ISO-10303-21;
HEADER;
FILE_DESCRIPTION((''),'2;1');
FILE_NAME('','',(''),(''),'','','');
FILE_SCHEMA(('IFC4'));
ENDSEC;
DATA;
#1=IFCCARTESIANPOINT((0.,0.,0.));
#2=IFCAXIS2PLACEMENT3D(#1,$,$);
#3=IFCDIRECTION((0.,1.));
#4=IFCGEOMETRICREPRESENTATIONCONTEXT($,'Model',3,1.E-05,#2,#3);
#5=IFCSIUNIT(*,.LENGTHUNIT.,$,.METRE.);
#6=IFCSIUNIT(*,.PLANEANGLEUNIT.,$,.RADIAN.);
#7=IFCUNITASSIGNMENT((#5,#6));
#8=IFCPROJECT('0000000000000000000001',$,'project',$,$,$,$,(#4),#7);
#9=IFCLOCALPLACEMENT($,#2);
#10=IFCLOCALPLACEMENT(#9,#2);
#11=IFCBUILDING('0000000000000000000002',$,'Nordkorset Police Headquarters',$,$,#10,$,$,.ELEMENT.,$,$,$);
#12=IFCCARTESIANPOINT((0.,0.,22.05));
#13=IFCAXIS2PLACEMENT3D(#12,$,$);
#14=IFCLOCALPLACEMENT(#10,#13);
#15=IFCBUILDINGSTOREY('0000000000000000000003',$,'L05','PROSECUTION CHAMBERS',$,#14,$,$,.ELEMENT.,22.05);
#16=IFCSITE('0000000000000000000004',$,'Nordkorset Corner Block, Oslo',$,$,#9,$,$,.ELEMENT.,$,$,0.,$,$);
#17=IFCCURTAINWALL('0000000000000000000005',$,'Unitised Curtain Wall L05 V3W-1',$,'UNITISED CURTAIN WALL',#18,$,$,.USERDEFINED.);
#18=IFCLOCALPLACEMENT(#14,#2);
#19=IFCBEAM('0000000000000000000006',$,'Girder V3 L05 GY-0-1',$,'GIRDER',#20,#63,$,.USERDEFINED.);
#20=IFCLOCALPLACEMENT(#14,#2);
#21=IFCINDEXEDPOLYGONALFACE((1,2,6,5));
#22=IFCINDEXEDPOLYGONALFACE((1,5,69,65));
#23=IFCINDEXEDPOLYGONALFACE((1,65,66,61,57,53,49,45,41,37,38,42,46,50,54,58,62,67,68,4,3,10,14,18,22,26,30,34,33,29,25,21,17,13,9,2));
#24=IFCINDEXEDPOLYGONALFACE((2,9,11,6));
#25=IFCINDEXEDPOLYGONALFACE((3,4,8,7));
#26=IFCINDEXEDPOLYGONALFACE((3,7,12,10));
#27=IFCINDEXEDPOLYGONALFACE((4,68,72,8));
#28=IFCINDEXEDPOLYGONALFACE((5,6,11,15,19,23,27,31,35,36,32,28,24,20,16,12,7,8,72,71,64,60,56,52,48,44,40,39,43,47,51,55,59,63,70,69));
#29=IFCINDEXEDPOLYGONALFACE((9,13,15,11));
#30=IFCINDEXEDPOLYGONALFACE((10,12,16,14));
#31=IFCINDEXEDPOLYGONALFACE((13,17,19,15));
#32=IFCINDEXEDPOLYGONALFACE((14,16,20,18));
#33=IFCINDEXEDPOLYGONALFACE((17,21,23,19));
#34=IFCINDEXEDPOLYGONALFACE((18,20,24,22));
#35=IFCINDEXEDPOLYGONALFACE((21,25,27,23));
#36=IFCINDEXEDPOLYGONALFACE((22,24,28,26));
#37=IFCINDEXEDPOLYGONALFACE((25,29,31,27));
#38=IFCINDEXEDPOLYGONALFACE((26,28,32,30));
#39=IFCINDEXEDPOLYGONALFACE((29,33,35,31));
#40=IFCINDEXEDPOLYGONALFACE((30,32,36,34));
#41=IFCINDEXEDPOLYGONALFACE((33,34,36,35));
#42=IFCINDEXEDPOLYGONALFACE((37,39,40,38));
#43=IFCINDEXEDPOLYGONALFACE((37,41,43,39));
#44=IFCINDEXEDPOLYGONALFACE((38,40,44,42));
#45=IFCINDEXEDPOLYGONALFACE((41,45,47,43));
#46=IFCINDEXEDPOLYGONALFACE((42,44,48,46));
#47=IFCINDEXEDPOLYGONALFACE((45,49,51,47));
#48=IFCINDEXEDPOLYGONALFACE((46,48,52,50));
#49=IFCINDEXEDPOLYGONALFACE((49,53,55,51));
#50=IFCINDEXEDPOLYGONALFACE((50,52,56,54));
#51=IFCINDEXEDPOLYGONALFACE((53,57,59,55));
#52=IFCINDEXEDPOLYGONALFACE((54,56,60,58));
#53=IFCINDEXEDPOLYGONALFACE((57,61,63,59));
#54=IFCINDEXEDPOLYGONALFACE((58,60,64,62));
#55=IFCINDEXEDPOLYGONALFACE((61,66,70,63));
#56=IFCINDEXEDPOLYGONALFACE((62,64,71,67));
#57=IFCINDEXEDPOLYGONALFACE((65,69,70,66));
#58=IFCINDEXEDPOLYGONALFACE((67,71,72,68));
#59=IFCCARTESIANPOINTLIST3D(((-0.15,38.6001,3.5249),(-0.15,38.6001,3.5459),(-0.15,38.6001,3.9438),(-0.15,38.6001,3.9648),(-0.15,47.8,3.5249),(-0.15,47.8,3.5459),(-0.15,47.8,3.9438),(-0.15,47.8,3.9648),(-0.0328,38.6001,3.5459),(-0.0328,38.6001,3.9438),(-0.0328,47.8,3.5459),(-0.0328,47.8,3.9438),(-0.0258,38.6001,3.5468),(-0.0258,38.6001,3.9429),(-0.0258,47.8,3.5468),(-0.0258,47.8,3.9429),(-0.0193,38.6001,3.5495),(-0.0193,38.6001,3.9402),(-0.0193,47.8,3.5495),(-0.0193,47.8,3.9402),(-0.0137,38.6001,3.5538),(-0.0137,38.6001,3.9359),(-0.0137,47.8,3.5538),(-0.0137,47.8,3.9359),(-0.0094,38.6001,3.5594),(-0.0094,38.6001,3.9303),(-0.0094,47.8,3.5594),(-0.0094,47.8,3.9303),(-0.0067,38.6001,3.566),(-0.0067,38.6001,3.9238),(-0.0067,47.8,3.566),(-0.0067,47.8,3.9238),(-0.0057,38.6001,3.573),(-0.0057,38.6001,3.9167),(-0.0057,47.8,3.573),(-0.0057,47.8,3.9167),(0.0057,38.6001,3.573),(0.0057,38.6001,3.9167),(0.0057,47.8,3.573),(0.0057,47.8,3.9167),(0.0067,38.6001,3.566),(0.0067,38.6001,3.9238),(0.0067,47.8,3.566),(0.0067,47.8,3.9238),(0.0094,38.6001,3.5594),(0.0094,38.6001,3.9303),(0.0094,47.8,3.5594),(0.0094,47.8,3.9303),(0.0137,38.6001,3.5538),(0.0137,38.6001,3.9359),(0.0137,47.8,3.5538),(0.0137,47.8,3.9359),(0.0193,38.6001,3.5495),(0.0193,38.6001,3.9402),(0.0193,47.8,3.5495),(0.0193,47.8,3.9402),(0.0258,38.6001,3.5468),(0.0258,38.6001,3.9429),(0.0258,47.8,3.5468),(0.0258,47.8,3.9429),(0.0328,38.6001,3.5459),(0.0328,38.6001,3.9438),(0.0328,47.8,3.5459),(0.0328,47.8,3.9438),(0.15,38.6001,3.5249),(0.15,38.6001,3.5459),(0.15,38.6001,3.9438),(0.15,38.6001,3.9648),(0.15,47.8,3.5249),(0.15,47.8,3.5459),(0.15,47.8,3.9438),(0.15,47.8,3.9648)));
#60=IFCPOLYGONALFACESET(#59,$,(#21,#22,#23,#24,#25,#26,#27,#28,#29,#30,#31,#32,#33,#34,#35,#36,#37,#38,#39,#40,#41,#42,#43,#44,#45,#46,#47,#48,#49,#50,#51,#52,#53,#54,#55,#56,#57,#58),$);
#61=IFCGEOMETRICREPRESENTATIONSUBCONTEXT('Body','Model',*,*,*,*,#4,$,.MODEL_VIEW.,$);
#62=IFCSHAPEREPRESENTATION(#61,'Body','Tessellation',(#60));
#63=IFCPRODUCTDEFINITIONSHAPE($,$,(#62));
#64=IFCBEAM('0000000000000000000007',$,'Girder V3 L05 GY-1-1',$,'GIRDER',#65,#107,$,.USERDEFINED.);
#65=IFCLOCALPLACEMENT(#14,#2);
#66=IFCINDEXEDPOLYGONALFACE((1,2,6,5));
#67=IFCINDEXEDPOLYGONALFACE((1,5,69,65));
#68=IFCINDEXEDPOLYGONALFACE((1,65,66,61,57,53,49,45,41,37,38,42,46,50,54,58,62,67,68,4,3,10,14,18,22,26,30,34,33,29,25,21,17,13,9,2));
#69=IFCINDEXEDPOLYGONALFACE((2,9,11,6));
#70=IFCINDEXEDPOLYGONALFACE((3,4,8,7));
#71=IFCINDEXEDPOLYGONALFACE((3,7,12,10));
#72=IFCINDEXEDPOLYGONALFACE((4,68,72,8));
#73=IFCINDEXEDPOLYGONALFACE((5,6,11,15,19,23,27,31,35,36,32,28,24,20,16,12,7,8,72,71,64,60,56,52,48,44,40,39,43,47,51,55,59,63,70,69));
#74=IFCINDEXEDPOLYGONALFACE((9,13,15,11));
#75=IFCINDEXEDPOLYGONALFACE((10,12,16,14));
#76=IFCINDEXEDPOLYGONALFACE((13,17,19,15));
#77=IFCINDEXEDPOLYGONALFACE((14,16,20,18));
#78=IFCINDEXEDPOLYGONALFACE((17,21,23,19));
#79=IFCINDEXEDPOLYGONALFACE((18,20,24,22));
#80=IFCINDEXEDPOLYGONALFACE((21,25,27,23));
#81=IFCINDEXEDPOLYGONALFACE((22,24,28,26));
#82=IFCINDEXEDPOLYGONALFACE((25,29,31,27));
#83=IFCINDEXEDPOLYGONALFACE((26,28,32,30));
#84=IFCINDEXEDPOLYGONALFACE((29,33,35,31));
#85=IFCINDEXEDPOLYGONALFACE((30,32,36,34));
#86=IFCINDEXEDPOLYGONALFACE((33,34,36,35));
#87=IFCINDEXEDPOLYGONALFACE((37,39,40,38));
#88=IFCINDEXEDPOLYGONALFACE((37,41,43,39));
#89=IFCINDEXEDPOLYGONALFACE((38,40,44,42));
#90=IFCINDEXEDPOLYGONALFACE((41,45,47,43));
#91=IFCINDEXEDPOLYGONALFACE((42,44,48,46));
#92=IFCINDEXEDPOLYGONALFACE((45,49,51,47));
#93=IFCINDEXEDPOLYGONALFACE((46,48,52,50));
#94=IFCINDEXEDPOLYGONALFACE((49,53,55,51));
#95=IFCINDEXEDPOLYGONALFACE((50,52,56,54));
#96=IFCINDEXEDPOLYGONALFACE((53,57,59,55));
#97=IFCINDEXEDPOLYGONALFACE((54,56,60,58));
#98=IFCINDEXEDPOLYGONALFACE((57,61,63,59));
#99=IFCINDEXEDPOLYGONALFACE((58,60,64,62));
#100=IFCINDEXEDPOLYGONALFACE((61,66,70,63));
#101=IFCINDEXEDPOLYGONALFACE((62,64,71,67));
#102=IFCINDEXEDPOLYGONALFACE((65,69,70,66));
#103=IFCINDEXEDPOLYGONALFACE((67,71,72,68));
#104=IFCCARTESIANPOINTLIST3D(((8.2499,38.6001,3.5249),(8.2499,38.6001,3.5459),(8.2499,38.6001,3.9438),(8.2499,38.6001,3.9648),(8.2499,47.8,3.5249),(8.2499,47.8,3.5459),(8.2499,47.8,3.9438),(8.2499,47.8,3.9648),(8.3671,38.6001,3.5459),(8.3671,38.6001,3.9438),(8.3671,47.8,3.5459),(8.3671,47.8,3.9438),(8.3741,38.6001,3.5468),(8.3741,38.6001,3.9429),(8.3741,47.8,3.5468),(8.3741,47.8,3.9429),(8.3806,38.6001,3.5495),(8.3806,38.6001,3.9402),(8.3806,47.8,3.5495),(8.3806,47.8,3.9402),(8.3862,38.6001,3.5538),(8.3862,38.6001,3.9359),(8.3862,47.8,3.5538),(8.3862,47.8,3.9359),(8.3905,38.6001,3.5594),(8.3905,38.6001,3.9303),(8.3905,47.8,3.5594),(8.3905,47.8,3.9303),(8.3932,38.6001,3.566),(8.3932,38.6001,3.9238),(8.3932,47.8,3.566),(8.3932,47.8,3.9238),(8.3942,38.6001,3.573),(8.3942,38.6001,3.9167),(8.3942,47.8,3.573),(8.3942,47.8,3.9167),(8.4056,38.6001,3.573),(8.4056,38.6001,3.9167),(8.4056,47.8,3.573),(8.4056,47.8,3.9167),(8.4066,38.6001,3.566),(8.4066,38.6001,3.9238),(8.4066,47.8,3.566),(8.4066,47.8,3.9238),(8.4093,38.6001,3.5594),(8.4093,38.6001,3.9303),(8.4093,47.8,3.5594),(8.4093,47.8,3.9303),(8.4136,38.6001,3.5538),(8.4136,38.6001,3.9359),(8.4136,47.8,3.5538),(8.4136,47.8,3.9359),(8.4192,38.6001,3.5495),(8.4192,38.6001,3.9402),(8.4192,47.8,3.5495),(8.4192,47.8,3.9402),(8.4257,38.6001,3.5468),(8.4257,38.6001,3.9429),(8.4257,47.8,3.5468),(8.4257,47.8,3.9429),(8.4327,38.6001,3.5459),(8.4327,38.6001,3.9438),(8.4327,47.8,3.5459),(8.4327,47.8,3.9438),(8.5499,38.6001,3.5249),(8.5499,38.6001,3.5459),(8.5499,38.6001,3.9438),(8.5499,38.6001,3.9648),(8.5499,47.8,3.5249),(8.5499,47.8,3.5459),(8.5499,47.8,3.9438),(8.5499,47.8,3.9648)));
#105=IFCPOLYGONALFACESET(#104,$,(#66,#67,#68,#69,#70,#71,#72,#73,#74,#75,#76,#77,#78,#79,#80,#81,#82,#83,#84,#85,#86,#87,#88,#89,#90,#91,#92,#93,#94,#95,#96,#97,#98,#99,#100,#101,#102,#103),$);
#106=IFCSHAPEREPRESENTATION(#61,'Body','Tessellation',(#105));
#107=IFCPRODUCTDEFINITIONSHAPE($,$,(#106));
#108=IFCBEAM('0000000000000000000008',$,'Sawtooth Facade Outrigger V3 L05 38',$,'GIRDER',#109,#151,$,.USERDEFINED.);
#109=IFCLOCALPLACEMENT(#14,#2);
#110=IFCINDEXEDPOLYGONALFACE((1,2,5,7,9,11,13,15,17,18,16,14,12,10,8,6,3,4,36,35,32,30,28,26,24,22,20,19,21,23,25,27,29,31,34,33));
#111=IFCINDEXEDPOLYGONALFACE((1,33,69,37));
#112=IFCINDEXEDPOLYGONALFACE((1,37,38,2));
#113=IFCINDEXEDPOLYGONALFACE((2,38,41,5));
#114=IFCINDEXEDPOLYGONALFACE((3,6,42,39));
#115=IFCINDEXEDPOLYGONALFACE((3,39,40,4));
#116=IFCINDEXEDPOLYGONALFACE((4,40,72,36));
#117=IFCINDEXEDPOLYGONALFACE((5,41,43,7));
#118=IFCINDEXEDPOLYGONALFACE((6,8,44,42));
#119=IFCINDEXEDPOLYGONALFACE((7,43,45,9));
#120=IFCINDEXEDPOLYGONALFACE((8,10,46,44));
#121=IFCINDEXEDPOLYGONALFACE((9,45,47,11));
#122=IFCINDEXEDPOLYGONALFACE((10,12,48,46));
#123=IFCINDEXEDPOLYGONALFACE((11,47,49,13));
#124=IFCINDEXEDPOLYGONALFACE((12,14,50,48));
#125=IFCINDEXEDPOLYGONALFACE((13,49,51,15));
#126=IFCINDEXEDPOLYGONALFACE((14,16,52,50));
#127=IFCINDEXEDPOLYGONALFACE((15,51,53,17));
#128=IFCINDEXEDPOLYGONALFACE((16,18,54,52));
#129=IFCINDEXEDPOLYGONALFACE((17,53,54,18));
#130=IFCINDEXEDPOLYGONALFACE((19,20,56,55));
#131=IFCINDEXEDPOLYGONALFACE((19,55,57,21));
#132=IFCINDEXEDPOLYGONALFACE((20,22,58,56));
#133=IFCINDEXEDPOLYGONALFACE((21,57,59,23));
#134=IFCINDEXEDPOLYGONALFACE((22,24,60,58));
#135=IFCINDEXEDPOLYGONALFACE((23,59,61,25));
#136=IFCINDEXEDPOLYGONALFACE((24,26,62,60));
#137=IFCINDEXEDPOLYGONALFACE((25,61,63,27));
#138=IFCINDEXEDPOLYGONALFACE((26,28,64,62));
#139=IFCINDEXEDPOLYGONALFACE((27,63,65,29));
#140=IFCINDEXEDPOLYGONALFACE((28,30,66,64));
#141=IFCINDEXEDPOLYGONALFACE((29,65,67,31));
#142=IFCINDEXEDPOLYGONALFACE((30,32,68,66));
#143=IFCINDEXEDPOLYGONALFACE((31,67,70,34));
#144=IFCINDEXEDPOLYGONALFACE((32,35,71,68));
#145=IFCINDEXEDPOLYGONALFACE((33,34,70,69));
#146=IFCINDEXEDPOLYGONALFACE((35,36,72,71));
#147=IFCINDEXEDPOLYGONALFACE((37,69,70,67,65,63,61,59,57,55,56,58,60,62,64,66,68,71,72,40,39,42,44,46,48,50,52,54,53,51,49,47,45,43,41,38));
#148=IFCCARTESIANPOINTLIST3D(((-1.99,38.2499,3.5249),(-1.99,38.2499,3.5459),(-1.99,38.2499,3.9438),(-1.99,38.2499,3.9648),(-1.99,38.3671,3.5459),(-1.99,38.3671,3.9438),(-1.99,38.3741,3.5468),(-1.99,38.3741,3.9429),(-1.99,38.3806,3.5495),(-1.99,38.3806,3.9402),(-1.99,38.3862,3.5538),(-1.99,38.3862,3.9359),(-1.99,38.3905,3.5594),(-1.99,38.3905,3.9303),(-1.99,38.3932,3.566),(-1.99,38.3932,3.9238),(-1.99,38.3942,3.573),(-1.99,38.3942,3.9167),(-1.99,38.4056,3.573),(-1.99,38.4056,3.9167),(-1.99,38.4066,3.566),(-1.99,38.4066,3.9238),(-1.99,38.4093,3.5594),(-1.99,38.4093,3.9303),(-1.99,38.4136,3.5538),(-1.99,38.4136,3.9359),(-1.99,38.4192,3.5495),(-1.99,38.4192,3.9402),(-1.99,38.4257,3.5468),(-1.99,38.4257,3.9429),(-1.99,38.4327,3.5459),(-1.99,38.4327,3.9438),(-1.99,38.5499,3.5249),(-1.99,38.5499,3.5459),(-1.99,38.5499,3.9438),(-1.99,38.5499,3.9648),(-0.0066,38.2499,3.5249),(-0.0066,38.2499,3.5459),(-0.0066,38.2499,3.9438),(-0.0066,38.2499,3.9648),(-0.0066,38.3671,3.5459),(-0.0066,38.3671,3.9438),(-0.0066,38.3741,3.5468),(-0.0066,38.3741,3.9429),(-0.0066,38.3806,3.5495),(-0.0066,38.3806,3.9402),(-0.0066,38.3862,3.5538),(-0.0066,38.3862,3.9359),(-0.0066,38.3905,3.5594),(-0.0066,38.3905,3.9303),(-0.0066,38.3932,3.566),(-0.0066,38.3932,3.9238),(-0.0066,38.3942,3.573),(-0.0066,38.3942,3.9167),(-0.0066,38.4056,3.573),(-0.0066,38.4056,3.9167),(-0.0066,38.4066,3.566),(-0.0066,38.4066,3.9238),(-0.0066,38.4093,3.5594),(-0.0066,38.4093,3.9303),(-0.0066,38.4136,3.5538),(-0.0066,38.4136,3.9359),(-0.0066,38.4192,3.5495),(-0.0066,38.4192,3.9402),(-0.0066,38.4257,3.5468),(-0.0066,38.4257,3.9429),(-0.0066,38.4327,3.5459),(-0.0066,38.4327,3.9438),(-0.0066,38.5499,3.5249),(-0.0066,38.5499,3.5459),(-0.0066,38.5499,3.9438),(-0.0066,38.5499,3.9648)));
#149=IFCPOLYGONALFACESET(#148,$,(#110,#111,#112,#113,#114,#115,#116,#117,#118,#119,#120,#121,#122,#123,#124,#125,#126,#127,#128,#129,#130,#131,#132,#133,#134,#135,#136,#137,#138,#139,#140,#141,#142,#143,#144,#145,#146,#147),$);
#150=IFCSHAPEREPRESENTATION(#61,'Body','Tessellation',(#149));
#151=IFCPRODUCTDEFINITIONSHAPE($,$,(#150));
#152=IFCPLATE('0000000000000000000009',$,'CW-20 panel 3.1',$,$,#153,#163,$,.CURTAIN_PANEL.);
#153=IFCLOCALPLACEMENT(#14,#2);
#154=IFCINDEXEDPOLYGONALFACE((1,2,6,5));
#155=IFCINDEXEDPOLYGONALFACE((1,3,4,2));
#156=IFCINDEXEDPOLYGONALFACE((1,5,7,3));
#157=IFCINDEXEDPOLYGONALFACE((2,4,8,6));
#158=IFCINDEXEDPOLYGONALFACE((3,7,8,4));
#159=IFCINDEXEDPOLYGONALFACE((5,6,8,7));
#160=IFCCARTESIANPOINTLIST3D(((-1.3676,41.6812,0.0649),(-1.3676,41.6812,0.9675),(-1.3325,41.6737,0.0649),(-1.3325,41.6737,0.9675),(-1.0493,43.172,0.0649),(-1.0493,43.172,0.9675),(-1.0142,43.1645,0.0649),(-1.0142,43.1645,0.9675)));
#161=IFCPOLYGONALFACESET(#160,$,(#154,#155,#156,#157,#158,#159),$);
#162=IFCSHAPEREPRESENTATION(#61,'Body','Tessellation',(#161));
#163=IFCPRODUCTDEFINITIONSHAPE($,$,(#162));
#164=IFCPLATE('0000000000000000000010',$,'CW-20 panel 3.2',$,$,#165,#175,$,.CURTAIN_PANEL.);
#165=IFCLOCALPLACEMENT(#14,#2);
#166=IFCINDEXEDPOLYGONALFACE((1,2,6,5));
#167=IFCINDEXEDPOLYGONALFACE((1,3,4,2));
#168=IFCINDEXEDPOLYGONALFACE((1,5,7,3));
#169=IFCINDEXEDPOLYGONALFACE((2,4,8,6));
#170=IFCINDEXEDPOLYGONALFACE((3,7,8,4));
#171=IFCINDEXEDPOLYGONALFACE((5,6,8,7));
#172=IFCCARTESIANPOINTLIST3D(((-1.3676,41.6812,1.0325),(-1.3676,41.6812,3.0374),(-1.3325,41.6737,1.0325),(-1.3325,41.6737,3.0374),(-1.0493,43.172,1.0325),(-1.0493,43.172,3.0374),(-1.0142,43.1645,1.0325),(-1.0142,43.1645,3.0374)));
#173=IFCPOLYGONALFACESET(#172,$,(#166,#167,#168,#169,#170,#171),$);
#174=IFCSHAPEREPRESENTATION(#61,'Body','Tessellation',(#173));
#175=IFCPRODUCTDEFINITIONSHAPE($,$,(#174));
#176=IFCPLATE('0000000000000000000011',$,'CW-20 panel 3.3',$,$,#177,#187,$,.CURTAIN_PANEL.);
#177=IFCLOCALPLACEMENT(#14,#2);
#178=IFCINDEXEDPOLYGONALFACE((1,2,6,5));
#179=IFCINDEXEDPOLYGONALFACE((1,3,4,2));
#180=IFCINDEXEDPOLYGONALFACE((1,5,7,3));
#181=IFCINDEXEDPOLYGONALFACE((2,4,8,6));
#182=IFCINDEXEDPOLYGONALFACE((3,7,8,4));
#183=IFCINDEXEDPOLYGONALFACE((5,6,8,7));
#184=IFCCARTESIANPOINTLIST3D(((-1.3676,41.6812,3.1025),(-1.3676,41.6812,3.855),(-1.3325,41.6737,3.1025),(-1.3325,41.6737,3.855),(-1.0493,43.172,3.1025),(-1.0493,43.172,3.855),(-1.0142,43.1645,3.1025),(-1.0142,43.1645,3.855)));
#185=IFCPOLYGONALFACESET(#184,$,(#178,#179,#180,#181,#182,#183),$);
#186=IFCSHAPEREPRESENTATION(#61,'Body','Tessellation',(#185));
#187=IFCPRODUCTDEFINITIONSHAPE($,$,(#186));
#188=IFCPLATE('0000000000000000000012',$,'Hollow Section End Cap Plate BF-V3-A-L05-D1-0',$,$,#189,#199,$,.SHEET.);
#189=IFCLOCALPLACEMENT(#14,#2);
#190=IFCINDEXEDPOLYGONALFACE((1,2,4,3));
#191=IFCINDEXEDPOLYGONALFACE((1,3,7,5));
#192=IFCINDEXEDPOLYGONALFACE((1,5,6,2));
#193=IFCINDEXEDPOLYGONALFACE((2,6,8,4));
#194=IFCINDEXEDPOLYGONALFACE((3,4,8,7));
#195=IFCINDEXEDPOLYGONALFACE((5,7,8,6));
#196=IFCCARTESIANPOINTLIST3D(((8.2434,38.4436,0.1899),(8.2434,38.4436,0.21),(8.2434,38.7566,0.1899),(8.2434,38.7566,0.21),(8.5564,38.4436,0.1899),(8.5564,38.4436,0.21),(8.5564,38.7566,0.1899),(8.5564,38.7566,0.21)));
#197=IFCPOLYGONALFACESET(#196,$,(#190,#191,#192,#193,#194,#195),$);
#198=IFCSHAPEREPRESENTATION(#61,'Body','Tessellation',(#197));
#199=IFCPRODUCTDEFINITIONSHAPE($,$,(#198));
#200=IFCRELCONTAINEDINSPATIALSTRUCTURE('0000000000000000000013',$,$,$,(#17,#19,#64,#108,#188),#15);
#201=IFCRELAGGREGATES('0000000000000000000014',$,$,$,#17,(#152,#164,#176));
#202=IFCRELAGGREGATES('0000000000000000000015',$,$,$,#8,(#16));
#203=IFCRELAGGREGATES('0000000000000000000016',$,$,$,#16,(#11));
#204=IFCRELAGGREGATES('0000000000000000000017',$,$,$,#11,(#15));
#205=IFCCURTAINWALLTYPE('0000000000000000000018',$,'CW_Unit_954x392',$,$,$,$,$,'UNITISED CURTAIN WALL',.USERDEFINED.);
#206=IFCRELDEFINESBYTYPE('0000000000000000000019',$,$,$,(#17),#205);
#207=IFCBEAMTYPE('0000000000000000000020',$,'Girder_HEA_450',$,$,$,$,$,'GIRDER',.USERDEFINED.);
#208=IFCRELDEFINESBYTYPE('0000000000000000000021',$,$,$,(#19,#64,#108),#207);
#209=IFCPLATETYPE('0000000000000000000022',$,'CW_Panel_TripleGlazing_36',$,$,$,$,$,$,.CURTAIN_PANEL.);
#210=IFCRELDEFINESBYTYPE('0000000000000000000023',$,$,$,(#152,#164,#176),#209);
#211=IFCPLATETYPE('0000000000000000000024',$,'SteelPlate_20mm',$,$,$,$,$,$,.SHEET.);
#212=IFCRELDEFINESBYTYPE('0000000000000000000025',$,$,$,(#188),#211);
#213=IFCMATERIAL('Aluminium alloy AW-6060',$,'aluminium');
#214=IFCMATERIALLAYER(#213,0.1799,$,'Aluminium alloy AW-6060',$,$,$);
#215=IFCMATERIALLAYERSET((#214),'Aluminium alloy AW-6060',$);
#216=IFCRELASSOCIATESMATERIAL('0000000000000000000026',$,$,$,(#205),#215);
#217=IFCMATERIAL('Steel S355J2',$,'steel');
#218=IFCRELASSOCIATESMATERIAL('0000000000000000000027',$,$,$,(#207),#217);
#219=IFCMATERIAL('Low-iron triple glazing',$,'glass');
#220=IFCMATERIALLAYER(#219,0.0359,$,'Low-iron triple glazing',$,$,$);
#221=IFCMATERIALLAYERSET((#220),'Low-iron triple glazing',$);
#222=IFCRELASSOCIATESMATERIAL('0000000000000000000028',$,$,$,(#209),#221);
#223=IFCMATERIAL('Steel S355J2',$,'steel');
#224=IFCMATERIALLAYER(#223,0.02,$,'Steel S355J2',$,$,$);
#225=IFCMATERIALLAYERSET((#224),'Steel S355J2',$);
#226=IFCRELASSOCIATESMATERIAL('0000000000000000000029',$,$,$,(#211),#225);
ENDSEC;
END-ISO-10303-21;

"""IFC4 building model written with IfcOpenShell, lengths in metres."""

from ifc_helpers import new_model, si_unit, direction, frame, origin, origin_2d, place, context, subcontext, project, spatial, rectangle, i_section, extrude, material, layer, layer_set, material_profile, profile_set, type_object, element, aggregate, save


model = new_model("IFC4")

# Units and contexts
model_context = context("Model", 3, precision=1e-05, world=origin(), true_north=direction((0.0, 1.0)))
body_context = subcontext(model_context, "Body", "Model", "MODEL_VIEW")
ifc_project = project(units=[si_unit("LENGTHUNIT", "METRE"), si_unit("PLANEANGLEUNIT", "RADIAN")], contexts=[model_context])

# Site, building, storey
site_placement = place(None, origin())
site = spatial("IfcSite", under=ifc_project, at=site_placement, Name="Nordkorset Corner Block, Oslo", CompositionType="ELEMENT", RefElevation=0.0)
building_placement = place(site_placement, origin())
building = spatial("IfcBuilding", under=site, at=building_placement, Name="Nordkorset Police Headquarters", CompositionType="ELEMENT")
storey_placement = place(building_placement, frame((0.0, 0.0, 22.05)))
storey = spatial("IfcBuildingStorey", under=building, at=storey_placement, Name="L05", Description="PROSECUTION CHAMBERS", CompositionType="ELEMENT", Elevation=22.05)

# Curtain wall
ifc_material_1 = material(Name="Aluminium alloy AW-6060", Category="aluminium")
ifc_layer_1 = layer(ifc_material_1, 0.1799, Name="Aluminium alloy AW-6060")
ifc_layer_set_1 = layer_set([ifc_layer_1], Name="Aluminium alloy AW-6060")
curtain_wall_type = type_object("IfcCurtainWallType", Name="CW_Unit_954x392", ElementType="UNITISED CURTAIN WALL", PredefinedType="USERDEFINED", material=ifc_layer_set_1)
curtain_wall_placement = place(storey_placement, origin())
curtain_wall = element("IfcCurtainWall", 1, at=curtain_wall_placement, inside=storey, type_object=curtain_wall_type, Name="Unitised Curtain Wall L05 V3W-1", ObjectType="UNITISED CURTAIN WALL", PredefinedType="USERDEFINED")

# Beams
ifc_material_2 = material(Name="Steel S355J2", Category="steel")
ifc_material_profile_1 = material_profile(ifc_material_2, i_section(OverallWidth=0.3, OverallDepth=0.4399, WebThickness=0.0115, FlangeThickness=0.021, FilletRadius=0.0271, at=origin_2d()), Name="HEA 450")
ifc_profile_set_1 = profile_set([ifc_material_profile_1], Name="Steel S355J2")
beam_type = type_object("IfcBeamType", Name="Girder_HEA_450", ElementType="GIRDER", PredefinedType="USERDEFINED", material=ifc_profile_set_1)
for number, where, z_axis, x_axis, name in (
    (2, (0.0, 38.6001, 3.7449), (0.0, 1.0, 0.0), (-1.0, 0.0, 0.0), "Girder V3 L05 GY-0-1"),
    (3, (8.3999, 38.6001, 3.7449), (0.0, 1.0, 0.0), (-1.0, 0.0, 0.0), "Girder V3 L05 GY-1-1"),
):
    element("IfcBeam", number, at=place(storey_placement, frame(where, z_axis=z_axis, x_axis=x_axis)), inside=storey, type_object=beam_type, Name=name, ObjectType="GIRDER", PredefinedType="USERDEFINED", context=body_context, shape_type="SweptSolid", body=[
        extrude(i_section(OverallWidth=0.3, OverallDepth=0.4399, WebThickness=0.0115, FlangeThickness=0.021, FilletRadius=0.0271, at=origin_2d()), origin(), (0.0, 0.0, 1.0), 9.2),
    ])
beam_1_placement = place(storey_placement, frame((-0.0066, 38.3999, 3.7449), z_axis=(-1.0, 0.0, 0.0), x_axis=(0.0, -1.0, 0.0)))
element("IfcBeam", 4, at=beam_1_placement, inside=storey, type_object=beam_type, Name="Sawtooth Facade Outrigger V3 L05 38", ObjectType="GIRDER", PredefinedType="USERDEFINED", context=body_context, shape_type="SweptSolid", body=[
    extrude(i_section(OverallWidth=0.3, OverallDepth=0.4399, WebThickness=0.0115, FlangeThickness=0.021, FilletRadius=0.0271, at=origin_2d()), origin(), (0.0, 0.0, 1.0), 1.9834),
])

# Plates
ifc_material_3 = material(Name="Low-iron triple glazing", Category="glass")
ifc_layer_2 = layer(ifc_material_3, 0.0359, Name="Low-iron triple glazing")
ifc_layer_set_2 = layer_set([ifc_layer_2], Name="Low-iron triple glazing")
plate_type_1 = type_object("IfcPlateType", Name="CW_Panel_TripleGlazing_36", PredefinedType="CURTAIN_PANEL", material=ifc_layer_set_2)
plate_1_placement = place(storey_placement, frame((-1.1909, 42.4229, 0.0649), z_axis=(0.0, 0.0, 1.0), x_axis=(0.208833, 0.977951, 0.0)))
plate_1 = element("IfcPlate", 5, at=plate_1_placement, type_object=plate_type_1, Name="CW-20 panel 3.1", PredefinedType="CURTAIN_PANEL", context=body_context, shape_type="SweptSolid", body=[
    extrude(rectangle(XDim=1.5244, YDim=0.0359, at=origin_2d()), origin(), (0.0, 0.0, 1.0), 0.9026),
])
plate_2_placement = place(storey_placement, frame((-1.1909, 42.4229, 1.0325), z_axis=(0.0, 0.0, 1.0), x_axis=(0.208833, 0.977951, 0.0)))
plate_2 = element("IfcPlate", 6, at=plate_2_placement, type_object=plate_type_1, Name="CW-20 panel 3.2", PredefinedType="CURTAIN_PANEL", context=body_context, shape_type="SweptSolid", body=[
    extrude(rectangle(XDim=1.5244, YDim=0.0359, at=origin_2d()), origin(), (0.0, 0.0, 1.0), 2.0049),
])
plate_3_placement = place(storey_placement, frame((-1.1909, 42.4229, 3.1025), z_axis=(0.0, 0.0, 1.0), x_axis=(0.208833, 0.977951, 0.0)))
plate_3 = element("IfcPlate", 7, at=plate_3_placement, type_object=plate_type_1, Name="CW-20 panel 3.3", PredefinedType="CURTAIN_PANEL", context=body_context, shape_type="SweptSolid", body=[
    extrude(rectangle(XDim=1.5244, YDim=0.0359, at=origin_2d()), origin(), (0.0, 0.0, 1.0), 0.7524),
])
aggregate(curtain_wall, [plate_1, plate_2, plate_3])

# Plate
ifc_material_4 = material(Name="Steel S355J2", Category="steel")
ifc_layer_3 = layer(ifc_material_4, 0.02, Name="Steel S355J2")
ifc_layer_set_3 = layer_set([ifc_layer_3], Name="Steel S355J2")
plate_type_2 = type_object("IfcPlateType", Name="SteelPlate_20mm", PredefinedType="SHEET", material=ifc_layer_set_3)
for number, where, z_axis, x_axis, name in (
    (8, (8.3999, 38.6001, 0.1899), (0.0, 0.0, 1.0), (1.0, 0.0, 0.0), "Hollow Section End Cap Plate BF-V3-A-L05-D1-0"),
):
    element("IfcPlate", number, at=place(storey_placement, frame(where, z_axis=z_axis, x_axis=x_axis)), inside=storey, type_object=plate_type_2, Name=name, PredefinedType="SHEET", context=body_context, shape_type="SweptSolid", body=[
        extrude(rectangle(XDim=0.313, YDim=0.313, at=origin_2d()), origin(), (0.0, 0.0, 1.0), 0.02),
    ])

save(model, "model.ifc")
